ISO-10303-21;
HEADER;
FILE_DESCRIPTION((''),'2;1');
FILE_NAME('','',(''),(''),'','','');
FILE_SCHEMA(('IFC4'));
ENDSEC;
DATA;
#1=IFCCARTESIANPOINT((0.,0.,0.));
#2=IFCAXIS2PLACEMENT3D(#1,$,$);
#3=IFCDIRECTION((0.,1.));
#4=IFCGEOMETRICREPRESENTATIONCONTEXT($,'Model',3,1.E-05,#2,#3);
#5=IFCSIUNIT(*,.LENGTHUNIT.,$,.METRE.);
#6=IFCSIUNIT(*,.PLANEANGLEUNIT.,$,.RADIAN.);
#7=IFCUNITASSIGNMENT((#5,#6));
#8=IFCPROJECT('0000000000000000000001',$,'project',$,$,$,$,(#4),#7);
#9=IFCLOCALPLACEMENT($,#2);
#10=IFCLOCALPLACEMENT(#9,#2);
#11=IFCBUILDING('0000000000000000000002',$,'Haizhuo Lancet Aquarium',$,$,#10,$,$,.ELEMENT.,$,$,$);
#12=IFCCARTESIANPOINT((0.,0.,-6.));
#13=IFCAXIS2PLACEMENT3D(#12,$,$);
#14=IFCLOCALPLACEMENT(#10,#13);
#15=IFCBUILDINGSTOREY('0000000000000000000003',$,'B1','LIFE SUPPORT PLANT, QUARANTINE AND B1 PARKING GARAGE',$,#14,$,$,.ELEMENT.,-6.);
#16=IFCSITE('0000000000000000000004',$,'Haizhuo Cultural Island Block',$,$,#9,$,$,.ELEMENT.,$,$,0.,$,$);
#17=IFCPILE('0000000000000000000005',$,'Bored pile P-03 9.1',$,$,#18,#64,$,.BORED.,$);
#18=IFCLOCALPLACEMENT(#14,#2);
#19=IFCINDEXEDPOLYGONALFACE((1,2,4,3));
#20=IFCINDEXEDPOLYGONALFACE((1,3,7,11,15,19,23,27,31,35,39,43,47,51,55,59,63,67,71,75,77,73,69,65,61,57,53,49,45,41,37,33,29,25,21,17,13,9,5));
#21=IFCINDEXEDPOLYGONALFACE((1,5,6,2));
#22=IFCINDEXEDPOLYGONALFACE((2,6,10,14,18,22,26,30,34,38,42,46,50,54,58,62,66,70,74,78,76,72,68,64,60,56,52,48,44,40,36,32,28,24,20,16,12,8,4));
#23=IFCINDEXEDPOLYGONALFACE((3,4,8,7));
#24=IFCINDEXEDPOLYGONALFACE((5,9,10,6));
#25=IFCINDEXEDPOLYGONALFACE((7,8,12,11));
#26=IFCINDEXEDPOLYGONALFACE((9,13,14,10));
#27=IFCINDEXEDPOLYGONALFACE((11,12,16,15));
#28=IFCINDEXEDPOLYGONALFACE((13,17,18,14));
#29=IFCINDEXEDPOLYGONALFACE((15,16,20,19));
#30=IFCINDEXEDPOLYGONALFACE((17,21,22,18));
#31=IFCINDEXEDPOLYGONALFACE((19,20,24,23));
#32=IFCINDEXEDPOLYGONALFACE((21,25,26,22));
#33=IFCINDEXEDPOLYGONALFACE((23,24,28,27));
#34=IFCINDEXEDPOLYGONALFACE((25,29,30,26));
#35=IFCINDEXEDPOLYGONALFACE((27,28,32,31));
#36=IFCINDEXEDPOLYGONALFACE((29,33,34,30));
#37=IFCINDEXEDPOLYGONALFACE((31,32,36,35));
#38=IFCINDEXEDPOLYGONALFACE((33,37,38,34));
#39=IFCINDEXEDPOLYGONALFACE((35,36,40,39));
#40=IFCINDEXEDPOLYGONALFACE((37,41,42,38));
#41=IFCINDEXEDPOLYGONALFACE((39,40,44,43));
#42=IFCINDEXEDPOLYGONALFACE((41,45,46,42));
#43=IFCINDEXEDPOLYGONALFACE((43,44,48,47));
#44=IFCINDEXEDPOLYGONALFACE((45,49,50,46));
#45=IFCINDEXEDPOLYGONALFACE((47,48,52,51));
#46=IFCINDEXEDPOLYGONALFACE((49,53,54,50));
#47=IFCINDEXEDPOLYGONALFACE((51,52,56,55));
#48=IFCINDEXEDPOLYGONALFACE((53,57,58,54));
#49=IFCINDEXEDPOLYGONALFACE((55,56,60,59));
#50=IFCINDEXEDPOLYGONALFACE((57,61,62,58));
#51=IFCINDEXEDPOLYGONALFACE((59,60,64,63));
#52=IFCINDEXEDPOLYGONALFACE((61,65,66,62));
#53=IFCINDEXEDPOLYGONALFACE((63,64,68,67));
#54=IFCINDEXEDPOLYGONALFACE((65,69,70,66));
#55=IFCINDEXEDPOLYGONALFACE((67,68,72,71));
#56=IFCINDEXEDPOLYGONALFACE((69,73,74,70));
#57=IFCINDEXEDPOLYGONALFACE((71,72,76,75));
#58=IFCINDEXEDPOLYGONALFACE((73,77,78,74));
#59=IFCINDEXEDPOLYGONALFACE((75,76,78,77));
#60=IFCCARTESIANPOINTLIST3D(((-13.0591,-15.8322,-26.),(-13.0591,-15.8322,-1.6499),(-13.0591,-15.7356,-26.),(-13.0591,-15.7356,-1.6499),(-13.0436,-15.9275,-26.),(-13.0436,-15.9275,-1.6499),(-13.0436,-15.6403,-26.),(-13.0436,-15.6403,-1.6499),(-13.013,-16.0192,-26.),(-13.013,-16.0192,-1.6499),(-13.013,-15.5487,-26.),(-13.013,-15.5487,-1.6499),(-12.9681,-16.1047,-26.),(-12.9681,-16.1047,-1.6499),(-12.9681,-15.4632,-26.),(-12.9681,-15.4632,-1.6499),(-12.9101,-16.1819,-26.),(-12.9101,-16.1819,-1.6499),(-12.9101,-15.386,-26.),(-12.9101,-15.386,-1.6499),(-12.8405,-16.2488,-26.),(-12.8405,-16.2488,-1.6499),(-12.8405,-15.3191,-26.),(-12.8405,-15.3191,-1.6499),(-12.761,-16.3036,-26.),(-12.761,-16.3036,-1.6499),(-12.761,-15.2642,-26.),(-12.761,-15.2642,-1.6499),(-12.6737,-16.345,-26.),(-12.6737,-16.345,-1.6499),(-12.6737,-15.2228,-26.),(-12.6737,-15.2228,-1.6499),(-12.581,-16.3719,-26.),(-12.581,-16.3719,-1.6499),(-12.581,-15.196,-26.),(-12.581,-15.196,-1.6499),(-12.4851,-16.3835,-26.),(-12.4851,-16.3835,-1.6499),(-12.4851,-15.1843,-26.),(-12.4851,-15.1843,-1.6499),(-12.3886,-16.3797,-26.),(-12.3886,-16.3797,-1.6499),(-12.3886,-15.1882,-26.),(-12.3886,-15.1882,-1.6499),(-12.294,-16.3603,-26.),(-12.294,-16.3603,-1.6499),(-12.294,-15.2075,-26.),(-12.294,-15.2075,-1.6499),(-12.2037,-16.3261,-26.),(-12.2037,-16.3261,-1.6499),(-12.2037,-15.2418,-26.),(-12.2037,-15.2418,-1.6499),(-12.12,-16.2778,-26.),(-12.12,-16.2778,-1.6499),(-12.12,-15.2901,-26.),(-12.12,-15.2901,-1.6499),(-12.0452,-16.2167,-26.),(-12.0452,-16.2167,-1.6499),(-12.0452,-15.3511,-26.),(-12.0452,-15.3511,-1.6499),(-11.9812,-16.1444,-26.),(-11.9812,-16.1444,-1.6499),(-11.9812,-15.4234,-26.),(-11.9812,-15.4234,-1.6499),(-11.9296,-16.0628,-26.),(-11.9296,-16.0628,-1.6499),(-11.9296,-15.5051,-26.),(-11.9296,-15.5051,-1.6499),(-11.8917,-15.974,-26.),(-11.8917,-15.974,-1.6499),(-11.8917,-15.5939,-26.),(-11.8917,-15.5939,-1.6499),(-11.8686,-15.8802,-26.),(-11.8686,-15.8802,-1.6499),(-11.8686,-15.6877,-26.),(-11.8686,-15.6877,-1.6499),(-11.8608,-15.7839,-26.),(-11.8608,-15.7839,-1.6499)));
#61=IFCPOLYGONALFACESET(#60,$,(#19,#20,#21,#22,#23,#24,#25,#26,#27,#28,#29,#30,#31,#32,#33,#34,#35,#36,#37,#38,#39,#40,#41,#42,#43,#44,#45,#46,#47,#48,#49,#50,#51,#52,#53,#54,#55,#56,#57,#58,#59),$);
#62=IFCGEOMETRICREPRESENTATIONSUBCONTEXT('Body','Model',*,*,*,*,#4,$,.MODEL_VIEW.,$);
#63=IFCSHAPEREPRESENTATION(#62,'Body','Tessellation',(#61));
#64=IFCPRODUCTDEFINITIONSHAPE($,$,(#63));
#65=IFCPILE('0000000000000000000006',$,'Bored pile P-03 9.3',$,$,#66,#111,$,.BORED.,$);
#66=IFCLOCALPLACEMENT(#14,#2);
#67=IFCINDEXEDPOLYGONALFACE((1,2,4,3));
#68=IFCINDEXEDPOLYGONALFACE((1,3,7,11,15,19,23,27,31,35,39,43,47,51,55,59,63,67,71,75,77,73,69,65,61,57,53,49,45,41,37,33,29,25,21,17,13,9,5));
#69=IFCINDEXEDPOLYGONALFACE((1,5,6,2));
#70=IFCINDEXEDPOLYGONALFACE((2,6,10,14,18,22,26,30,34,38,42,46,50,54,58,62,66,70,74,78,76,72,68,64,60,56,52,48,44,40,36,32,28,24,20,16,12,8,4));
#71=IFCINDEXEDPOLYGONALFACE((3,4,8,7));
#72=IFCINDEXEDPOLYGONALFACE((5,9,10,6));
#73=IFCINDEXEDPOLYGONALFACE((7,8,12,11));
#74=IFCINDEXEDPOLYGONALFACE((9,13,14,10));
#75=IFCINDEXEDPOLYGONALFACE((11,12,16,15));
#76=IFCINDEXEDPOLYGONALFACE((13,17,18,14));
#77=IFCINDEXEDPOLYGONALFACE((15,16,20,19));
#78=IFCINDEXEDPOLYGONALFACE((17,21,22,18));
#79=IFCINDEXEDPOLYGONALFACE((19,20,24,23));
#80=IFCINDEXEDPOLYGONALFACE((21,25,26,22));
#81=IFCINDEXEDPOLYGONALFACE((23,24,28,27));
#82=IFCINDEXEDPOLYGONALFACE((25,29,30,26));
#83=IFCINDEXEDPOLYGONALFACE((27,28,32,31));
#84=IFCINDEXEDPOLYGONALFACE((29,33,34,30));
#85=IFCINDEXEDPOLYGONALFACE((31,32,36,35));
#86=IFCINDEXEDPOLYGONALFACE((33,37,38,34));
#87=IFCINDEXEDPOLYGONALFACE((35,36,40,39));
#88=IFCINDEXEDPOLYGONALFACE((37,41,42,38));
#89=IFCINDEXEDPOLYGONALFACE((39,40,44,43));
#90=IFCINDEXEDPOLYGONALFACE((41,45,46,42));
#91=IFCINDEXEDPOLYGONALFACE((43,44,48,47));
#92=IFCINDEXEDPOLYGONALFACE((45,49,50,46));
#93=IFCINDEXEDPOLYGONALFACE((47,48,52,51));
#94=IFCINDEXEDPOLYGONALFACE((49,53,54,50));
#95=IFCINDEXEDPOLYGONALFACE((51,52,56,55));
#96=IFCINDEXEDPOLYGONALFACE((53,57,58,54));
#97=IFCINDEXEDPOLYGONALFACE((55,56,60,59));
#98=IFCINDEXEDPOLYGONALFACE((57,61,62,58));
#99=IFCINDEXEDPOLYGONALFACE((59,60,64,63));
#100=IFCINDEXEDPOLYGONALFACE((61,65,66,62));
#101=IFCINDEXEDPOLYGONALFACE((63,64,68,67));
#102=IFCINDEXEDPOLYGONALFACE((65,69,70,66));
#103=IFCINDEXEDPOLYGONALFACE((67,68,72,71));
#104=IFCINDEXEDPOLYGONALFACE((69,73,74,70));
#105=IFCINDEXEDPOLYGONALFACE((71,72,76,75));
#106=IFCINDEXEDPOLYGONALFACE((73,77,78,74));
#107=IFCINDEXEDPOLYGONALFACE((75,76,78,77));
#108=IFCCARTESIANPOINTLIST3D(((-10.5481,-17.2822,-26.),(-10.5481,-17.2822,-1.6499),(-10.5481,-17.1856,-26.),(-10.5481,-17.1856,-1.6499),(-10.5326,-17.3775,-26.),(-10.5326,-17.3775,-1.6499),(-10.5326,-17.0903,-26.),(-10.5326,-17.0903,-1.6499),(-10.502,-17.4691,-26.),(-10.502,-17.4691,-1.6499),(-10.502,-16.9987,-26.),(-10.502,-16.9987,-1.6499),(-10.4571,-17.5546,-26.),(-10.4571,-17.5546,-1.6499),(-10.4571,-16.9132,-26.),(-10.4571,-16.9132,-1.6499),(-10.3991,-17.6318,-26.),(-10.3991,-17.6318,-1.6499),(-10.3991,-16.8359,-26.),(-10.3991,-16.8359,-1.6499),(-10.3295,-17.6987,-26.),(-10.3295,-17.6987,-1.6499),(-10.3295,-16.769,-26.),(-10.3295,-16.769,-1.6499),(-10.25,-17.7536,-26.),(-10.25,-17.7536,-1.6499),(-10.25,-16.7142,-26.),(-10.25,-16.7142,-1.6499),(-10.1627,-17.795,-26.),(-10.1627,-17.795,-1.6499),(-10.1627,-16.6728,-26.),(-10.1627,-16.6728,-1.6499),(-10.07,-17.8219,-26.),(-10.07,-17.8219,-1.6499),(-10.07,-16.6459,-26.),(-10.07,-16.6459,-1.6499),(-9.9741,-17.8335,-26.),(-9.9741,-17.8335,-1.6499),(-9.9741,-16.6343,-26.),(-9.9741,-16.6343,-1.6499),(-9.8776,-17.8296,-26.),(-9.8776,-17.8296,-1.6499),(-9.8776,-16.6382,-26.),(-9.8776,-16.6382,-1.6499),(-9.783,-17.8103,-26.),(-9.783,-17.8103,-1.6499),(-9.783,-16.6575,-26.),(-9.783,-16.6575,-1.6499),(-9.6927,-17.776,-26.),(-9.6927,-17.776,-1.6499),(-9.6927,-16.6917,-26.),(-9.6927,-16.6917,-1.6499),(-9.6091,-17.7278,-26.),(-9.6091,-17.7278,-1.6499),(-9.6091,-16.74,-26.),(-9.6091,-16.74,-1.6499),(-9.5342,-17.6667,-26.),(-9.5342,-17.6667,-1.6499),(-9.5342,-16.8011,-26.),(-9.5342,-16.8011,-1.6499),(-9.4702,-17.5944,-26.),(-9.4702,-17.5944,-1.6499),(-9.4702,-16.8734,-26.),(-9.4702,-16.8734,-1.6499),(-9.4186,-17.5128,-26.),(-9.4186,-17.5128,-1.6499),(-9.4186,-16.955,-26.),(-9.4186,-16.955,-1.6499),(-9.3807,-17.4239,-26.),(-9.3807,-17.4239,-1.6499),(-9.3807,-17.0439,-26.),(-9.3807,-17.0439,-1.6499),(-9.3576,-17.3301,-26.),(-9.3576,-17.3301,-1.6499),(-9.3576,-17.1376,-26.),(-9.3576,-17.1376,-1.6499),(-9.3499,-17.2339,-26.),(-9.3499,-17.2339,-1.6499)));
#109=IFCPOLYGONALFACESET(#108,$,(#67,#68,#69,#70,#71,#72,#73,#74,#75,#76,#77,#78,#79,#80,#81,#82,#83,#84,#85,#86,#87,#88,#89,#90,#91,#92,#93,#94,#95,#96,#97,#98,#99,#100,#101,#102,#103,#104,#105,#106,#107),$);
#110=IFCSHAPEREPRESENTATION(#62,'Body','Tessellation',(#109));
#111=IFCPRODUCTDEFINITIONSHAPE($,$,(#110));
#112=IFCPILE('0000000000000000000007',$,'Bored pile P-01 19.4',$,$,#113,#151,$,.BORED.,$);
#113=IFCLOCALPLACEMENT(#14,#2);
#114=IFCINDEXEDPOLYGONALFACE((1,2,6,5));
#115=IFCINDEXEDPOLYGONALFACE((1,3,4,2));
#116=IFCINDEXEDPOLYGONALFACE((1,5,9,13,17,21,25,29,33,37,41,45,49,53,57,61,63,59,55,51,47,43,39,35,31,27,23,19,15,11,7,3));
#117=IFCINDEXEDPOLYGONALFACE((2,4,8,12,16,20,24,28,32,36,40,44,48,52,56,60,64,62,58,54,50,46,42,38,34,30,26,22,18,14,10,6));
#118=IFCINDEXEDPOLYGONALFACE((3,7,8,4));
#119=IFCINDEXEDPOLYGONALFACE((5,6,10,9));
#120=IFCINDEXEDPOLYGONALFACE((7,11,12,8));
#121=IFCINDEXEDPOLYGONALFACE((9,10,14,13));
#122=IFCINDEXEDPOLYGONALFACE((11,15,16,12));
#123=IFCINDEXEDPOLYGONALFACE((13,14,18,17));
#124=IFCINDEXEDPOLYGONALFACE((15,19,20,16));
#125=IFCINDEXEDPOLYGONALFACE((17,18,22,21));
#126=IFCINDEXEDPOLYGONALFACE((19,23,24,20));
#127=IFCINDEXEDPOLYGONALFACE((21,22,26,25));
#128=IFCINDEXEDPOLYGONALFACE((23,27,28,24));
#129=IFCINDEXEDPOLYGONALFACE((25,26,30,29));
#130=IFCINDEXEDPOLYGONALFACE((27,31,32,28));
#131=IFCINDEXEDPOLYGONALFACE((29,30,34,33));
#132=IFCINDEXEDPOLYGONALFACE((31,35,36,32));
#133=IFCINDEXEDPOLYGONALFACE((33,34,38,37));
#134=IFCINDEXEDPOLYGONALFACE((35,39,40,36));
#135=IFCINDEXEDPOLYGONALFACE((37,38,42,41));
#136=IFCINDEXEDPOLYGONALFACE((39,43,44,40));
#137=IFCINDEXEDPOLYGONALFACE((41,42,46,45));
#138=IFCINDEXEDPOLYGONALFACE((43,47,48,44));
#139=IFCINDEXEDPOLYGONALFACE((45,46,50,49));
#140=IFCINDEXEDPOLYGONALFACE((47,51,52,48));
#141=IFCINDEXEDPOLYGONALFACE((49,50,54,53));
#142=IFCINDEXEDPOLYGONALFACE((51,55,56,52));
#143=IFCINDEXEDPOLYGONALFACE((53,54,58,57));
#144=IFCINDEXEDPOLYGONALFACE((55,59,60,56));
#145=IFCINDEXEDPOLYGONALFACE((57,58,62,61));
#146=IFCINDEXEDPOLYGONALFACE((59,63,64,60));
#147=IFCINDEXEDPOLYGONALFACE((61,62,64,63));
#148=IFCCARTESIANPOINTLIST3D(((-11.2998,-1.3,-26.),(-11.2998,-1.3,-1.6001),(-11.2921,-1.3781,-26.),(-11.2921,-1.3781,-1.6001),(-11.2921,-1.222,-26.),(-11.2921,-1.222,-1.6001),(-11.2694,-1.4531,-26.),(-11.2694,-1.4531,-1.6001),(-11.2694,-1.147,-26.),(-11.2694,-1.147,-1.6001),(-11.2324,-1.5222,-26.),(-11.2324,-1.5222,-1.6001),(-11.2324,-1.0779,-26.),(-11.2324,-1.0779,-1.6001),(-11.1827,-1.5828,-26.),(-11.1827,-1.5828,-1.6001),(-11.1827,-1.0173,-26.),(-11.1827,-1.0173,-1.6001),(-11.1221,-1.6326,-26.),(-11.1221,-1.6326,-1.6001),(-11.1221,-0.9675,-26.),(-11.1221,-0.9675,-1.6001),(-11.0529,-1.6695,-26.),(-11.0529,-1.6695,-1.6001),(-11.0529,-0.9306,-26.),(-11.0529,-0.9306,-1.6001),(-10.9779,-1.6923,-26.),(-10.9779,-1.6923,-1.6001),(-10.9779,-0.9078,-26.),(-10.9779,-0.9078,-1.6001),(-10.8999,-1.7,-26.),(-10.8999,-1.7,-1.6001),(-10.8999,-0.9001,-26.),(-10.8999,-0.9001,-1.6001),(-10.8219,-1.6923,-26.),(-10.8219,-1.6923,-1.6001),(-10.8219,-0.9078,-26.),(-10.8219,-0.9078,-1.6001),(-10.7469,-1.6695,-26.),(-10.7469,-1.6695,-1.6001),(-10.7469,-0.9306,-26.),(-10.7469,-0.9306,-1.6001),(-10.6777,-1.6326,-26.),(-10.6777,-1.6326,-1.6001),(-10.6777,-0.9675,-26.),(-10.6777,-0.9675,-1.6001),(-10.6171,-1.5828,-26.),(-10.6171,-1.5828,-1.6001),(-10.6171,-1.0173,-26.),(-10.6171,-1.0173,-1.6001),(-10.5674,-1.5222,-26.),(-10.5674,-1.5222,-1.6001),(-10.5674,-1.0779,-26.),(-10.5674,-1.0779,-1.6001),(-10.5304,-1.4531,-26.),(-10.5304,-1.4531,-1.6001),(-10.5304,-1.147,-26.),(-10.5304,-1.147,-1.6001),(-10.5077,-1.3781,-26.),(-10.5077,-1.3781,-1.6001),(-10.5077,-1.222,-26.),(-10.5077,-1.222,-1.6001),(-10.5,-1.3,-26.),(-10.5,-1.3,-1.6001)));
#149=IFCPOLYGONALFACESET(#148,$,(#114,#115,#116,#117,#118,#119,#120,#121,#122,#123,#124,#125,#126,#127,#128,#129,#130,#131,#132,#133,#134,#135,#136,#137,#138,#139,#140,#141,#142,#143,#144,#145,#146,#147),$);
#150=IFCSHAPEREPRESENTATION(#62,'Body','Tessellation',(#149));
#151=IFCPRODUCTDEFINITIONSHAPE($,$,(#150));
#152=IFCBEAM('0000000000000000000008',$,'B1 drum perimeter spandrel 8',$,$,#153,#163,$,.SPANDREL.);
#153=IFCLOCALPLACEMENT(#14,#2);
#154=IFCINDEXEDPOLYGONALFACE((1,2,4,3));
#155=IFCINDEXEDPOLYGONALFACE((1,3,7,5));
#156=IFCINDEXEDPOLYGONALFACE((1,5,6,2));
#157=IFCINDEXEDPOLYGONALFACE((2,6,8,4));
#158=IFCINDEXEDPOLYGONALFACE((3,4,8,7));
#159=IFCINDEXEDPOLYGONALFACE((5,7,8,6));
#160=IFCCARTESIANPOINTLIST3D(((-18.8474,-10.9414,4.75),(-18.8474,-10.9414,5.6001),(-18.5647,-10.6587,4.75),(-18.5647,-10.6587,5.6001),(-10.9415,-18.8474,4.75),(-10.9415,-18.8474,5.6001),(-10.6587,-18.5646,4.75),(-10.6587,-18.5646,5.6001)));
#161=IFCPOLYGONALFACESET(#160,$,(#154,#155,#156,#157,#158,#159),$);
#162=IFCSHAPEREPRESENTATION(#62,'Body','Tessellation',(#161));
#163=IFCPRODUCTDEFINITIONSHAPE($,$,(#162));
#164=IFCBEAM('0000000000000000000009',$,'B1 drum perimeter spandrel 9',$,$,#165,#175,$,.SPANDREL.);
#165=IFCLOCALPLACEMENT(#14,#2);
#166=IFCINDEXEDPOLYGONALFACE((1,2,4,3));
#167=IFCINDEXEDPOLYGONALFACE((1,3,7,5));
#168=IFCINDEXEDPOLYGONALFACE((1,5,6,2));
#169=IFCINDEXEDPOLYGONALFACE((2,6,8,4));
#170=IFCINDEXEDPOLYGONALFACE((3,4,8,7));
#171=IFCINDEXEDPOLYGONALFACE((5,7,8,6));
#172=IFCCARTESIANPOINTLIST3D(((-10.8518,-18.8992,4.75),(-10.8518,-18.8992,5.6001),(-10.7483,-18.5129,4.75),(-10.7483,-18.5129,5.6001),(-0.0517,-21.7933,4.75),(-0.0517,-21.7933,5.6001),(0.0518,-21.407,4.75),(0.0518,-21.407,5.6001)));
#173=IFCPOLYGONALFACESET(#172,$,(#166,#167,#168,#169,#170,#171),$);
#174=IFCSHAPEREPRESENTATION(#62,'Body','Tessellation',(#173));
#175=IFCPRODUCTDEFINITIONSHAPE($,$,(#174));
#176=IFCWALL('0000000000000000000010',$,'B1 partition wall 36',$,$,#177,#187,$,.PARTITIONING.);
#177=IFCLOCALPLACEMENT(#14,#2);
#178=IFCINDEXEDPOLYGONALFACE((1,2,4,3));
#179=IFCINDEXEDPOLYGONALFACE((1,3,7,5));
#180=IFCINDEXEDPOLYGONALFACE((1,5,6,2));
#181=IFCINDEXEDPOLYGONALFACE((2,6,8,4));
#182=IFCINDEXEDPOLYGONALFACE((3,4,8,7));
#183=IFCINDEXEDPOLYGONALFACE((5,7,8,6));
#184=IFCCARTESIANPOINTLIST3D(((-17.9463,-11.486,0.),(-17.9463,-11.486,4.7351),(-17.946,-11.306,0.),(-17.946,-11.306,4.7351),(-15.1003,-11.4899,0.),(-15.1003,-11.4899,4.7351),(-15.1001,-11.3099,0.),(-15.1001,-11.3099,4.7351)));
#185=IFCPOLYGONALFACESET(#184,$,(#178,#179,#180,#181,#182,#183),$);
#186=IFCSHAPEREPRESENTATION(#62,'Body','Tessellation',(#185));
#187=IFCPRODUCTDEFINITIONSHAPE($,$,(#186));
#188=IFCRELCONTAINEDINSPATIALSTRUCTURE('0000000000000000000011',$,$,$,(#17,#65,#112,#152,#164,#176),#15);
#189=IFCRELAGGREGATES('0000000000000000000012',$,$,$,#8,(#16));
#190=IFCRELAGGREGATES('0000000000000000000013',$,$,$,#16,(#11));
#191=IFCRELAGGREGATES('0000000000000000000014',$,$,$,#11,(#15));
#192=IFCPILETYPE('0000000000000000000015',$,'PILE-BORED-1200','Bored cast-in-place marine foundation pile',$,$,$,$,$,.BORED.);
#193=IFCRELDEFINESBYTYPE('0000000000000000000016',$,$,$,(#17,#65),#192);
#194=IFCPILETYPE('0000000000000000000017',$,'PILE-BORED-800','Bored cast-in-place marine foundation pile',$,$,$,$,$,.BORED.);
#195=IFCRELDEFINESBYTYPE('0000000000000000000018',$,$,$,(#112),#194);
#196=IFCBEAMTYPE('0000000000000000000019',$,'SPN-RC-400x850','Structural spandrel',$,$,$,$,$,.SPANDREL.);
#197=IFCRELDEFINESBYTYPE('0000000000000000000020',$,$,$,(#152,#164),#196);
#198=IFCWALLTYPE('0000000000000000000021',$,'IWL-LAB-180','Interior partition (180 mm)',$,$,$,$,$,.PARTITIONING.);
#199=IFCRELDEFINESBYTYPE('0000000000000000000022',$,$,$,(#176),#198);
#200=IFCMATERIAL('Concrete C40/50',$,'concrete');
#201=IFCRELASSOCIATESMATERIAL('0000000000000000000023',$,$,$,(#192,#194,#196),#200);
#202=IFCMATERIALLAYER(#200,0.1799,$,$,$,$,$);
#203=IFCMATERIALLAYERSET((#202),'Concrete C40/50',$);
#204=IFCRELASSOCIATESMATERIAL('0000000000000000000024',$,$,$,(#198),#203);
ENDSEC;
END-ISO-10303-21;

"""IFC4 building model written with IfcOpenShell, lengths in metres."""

from ifc_helpers import new_model, si_unit, direction, frame, frame_2d, origin, origin_2d, place, context, subcontext, project, spatial, rectangle, circle, extrude, material, layer, layer_set, material_profile, profile_set, type_object, element, save


model = new_model("IFC4")

# Units and contexts
model_context = context("Model", 3, precision=1e-05, world=origin(), true_north=direction((0.0, 1.0)))
body_context = subcontext(model_context, "Body", "Model", "MODEL_VIEW")
ifc_project = project(units=[si_unit("LENGTHUNIT", "METRE"), si_unit("PLANEANGLEUNIT", "RADIAN")], contexts=[model_context])

# Site, building, storey
site_placement = place(None, origin())
site = spatial("IfcSite", under=ifc_project, at=site_placement, Name="Haizhuo Cultural Island Block", CompositionType="ELEMENT", RefElevation=0.0)
building_placement = place(site_placement, origin())
building = spatial("IfcBuilding", under=site, at=building_placement, Name="Haizhuo Lancet Aquarium", CompositionType="ELEMENT")
storey_placement = place(building_placement, frame((0.0, 0.0, -6.0)))
storey = spatial("IfcBuildingStorey", under=building, at=storey_placement, Name="B1", Description="LIFE SUPPORT PLANT, QUARANTINE AND B1 PARKING GARAGE", CompositionType="ELEMENT", Elevation=-6.0)

# Shared definitions
ifc_material_1 = material(Name="Concrete C40/50", Category="concrete")

# Piles
ifc_material_profile_1 = material_profile(ifc_material_1, circle(Radius=0.6001, at=origin_2d()), Name="PILE-1200")
ifc_profile_set_1 = profile_set([ifc_material_profile_1], Name="Concrete C40/50")
pile_type_1 = type_object("IfcPileType", Name="PILE-BORED-1200", Description="Bored cast-in-place marine foundation pile", PredefinedType="BORED", material=ifc_profile_set_1)
for number, where, z_axis, x_axis, name in (
    (1, (-12.4609, -15.7839, -1.6499), (0.0, 0.0, -1.0), (1.0, 0.0, 0.0), "Bored pile P-03 9.1"),
    (2, (-9.95, -17.2339, -1.6499), (0.0, 0.0, -1.0), (1.0, 0.0, 0.0), "Bored pile P-03 9.3"),
):
    element("IfcPile", number, at=place(storey_placement, frame(where, z_axis=z_axis, x_axis=x_axis)), inside=storey, type_object=pile_type_1, Name=name, PredefinedType="BORED", context=body_context, shape_type="SweptSolid", body=[
        extrude(circle(Radius=0.6001, at=origin_2d()), origin(), (0.0, 0.0, 1.0), 24.3501),
    ])
ifc_material_profile_2 = material_profile(ifc_material_1, circle(Radius=0.3999, at=origin_2d()), Name="PILE-800")
ifc_profile_set_2 = profile_set([ifc_material_profile_2], Name="Concrete C40/50")
pile_type_2 = type_object("IfcPileType", Name="PILE-BORED-800", Description="Bored cast-in-place marine foundation pile", PredefinedType="BORED", material=ifc_profile_set_2)
pile_1_placement = place(storey_placement, frame((-10.8999, -1.3, -1.6001), z_axis=(0.0, 0.0, -1.0), x_axis=(1.0, 0.0, 0.0)))
element("IfcPile", 3, at=pile_1_placement, inside=storey, type_object=pile_type_2, Name="Bored pile P-01 19.4", PredefinedType="BORED", context=body_context, shape_type="SweptSolid", body=[
    extrude(circle(Radius=0.3999, at=origin_2d()), origin(), (0.0, 0.0, 1.0), 24.3999),
])

# Beams
ifc_material_profile_3 = material_profile(ifc_material_1, rectangle(XDim=0.3999, YDim=0.8501, at=origin_2d()), Name="RC-SP 400x850")
ifc_profile_set_3 = profile_set([ifc_material_profile_3], Name="Concrete C40/50")
beam_type = type_object("IfcBeamType", Name="SPN-RC-400x850", Description="Structural spandrel", PredefinedType="SPANDREL", material=ifc_profile_set_3)
beam_1_placement = place(storey_placement, frame((-18.7061, -10.8, 5.175), z_axis=(0.707107, -0.707107, 0.0), x_axis=(0.707107, 0.707107, 0.0)))
element("IfcBeam", 4, at=beam_1_placement, inside=storey, type_object=beam_type, Name="B1 drum perimeter spandrel 8", PredefinedType="SPANDREL", context=body_context, shape_type="SweptSolid", body=[
    extrude(rectangle(XDim=0.3999, YDim=0.8501, at=origin_2d()), origin(), (0.0, 0.0, 1.0), 11.1807),
])
beam_2_placement = place(storey_placement, frame((-10.8, -18.7061, 5.175), z_axis=(0.965922, -0.258834, 0.0), x_axis=(0.258834, 0.965922, 0.0)))
element("IfcBeam", 5, at=beam_2_placement, inside=storey, type_object=beam_type, Name="B1 drum perimeter spandrel 9", PredefinedType="SPANDREL", context=body_context, shape_type="SweptSolid", body=[
    extrude(rectangle(XDim=0.3999, YDim=0.8501, at=origin_2d()), origin(), (0.0, 0.0, 1.0), 11.1812),
])

# Wall
ifc_layer_1 = layer(ifc_material_1, 0.1799)
ifc_layer_set_1 = layer_set([ifc_layer_1], Name="Concrete C40/50")
wall_type_1 = type_object("IfcWallType", Name="IWL-LAB-180", Description="Interior partition (180 mm)", PredefinedType="PARTITIONING", material=ifc_layer_set_1)
wall_1_placement = place(storey_placement, frame((-17.946, -11.396, 0.0), z_axis=(0.0, 0.0, 1.0), x_axis=(0.999999, -0.001373, 0.0)))
element("IfcWall", 6, at=wall_1_placement, inside=storey, type_object=wall_type_1, Name="B1 partition wall 36", PredefinedType="PARTITIONING", context=body_context, shape_type="SweptSolid", body=[
    extrude(rectangle(XDim=2.8459, YDim=0.1799, at=frame_2d((1.4229, 0.0))), origin(), (0.0, 0.0, 1.0), 4.7351),
])

save(model, "model.ifc")
